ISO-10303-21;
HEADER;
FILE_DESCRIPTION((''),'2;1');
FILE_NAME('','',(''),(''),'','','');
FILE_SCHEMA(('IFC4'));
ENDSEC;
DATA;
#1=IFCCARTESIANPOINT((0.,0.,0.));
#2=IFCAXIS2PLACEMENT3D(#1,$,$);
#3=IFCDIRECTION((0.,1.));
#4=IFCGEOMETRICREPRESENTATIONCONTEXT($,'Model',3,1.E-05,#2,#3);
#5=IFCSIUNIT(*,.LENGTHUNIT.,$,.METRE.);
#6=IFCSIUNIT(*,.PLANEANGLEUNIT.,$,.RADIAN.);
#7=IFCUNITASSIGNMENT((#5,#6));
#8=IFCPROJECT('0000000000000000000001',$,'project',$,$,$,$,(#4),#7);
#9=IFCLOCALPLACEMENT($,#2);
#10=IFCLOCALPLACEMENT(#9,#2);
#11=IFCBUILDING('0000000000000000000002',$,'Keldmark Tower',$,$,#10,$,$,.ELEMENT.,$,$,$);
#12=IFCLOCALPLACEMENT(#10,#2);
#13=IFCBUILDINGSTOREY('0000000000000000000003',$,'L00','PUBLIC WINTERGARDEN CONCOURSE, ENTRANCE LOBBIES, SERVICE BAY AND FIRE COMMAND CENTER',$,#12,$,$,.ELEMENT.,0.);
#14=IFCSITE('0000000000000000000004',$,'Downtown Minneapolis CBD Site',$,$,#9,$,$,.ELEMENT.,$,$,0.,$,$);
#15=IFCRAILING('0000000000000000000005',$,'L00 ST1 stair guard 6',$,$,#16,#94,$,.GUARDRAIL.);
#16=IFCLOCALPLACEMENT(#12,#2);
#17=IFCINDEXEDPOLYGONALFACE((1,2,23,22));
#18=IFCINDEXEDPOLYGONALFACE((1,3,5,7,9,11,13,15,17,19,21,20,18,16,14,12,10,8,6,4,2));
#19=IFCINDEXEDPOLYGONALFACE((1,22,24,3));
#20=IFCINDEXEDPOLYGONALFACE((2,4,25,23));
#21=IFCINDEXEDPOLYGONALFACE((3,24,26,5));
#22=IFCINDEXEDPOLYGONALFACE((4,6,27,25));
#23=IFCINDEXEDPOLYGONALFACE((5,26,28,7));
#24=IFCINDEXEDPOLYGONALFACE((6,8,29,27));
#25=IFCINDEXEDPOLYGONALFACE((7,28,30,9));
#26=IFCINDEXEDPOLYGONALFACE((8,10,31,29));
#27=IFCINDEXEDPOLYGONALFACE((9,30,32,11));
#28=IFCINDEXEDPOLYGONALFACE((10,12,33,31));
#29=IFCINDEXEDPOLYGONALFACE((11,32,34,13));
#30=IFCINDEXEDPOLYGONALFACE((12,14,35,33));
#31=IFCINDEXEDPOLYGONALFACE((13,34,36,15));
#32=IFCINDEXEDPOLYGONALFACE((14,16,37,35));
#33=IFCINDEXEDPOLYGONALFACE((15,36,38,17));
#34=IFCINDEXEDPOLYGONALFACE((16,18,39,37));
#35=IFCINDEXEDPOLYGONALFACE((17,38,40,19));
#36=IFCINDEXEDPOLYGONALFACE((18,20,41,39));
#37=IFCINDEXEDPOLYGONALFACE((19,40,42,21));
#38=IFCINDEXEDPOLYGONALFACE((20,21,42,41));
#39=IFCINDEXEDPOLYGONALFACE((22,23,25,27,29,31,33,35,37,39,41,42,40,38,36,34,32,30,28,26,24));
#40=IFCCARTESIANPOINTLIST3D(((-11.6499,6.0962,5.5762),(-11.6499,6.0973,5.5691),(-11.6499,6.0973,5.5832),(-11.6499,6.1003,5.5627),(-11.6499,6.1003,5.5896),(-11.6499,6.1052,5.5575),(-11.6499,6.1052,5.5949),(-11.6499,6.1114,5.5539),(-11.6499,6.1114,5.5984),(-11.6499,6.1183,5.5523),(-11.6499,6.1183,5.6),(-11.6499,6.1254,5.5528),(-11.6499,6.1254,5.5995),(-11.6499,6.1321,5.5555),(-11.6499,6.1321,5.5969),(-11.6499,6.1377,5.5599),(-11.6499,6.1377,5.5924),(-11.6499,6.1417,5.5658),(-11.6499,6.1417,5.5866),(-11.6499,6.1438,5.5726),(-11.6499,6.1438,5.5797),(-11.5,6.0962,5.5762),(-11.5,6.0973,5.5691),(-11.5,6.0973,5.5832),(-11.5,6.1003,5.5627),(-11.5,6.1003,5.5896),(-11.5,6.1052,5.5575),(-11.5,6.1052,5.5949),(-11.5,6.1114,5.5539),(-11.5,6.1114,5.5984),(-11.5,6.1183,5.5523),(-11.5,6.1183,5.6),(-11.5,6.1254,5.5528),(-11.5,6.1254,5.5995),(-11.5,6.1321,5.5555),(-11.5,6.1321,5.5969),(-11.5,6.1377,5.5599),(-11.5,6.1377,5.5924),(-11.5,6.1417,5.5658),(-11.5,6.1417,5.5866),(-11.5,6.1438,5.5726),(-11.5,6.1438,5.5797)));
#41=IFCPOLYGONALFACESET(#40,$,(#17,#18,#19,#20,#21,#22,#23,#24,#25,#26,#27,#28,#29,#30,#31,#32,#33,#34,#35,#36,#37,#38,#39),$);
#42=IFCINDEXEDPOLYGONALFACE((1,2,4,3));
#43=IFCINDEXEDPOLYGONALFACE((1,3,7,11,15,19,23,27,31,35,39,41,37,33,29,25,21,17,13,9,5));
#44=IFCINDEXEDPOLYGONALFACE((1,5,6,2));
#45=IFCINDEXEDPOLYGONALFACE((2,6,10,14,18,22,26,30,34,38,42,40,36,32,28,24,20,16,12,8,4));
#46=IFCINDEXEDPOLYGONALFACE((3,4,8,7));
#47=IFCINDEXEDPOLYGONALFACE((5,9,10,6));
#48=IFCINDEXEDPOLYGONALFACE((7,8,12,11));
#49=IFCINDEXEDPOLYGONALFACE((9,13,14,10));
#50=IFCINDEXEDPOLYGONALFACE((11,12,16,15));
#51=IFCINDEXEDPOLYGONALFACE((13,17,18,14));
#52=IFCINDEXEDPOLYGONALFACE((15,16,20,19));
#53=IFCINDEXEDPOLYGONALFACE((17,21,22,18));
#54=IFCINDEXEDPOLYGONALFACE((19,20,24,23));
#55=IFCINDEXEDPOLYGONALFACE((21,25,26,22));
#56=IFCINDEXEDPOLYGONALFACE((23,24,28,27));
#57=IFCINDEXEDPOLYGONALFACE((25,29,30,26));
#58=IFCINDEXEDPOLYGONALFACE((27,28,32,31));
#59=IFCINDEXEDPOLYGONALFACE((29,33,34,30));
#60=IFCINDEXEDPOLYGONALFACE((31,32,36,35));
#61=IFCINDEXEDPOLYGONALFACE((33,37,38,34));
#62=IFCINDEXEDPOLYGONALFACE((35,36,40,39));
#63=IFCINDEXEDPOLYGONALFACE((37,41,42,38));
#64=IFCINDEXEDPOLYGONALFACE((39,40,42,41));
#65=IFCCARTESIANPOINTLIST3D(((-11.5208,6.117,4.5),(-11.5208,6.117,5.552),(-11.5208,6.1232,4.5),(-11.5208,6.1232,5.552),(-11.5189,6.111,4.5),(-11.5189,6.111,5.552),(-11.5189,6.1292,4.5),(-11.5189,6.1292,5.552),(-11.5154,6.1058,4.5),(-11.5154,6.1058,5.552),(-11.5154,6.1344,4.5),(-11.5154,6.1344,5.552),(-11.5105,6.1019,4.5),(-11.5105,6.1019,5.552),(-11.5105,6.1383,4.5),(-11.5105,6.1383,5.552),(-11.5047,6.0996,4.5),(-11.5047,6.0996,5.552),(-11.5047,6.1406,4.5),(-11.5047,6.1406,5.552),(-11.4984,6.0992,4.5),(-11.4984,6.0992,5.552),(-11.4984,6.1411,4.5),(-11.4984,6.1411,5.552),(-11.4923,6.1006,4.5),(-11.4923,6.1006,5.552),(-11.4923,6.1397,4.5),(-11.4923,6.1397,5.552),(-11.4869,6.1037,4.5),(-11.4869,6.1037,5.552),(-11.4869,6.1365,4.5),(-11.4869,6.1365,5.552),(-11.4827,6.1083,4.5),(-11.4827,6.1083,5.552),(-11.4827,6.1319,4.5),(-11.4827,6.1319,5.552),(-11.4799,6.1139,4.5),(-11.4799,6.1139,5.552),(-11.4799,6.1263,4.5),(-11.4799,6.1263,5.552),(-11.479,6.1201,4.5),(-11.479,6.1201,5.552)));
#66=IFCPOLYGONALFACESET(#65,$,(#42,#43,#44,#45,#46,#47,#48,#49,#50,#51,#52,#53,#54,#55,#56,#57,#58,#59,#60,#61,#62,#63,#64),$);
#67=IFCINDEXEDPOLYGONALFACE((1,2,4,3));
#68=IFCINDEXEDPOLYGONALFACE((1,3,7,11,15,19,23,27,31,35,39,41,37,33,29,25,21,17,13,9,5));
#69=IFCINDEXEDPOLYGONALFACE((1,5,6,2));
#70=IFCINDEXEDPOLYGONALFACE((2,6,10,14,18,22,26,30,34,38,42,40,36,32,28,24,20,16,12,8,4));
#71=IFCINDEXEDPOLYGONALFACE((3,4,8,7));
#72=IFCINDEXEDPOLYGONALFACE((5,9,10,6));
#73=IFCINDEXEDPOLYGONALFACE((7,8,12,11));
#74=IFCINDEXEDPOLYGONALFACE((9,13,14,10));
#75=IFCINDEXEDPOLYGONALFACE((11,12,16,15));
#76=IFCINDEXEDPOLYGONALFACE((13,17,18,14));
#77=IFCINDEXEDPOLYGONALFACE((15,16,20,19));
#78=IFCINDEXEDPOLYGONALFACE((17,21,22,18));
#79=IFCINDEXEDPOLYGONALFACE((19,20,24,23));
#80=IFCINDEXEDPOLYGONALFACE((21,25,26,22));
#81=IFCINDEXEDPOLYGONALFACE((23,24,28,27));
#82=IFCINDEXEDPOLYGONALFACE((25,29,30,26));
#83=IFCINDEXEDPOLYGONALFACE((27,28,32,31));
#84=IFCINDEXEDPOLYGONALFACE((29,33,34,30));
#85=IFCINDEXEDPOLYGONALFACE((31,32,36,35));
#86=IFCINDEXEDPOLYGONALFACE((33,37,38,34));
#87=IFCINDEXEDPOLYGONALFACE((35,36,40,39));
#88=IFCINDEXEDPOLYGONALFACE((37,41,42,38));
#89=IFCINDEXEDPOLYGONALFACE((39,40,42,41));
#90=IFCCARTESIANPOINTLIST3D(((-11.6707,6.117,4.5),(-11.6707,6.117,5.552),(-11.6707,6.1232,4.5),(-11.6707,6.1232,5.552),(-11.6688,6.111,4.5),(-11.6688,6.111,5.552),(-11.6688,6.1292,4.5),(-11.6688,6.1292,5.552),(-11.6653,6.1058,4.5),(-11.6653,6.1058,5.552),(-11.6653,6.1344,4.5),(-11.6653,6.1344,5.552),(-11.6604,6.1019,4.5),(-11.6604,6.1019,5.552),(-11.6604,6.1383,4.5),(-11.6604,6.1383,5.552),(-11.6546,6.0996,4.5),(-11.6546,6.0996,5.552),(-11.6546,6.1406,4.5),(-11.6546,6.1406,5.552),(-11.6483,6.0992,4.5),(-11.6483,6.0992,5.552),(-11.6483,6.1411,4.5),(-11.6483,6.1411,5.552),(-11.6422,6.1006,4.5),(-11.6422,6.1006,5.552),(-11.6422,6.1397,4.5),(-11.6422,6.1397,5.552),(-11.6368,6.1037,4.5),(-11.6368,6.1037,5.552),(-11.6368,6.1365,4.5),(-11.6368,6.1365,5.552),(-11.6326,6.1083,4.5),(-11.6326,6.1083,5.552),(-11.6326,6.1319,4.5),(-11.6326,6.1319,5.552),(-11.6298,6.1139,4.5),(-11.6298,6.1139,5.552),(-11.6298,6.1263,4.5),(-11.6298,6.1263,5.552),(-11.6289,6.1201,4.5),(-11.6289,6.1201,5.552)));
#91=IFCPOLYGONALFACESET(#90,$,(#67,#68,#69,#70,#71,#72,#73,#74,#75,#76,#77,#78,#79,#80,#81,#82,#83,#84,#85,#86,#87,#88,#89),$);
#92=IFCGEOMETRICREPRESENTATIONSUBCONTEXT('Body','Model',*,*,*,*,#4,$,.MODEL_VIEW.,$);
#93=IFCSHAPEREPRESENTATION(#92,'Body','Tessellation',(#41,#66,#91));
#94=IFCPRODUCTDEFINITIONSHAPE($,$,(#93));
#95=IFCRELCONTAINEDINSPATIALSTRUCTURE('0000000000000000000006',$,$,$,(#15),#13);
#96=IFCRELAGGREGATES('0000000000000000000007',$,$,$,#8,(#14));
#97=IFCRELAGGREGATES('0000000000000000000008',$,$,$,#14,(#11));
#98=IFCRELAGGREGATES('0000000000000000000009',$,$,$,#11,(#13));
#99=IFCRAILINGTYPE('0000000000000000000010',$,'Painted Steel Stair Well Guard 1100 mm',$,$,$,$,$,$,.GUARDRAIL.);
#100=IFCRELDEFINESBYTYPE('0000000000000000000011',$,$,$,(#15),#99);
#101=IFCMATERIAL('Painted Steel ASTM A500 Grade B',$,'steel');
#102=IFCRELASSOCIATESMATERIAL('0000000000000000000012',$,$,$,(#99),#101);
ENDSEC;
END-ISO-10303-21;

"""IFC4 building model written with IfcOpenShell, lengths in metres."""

from ifc_helpers import new_model, si_unit, direction, frame, origin, origin_2d, place, context, subcontext, project, spatial, circle, extrude, material, type_object, element, save


model = new_model("IFC4")

# Units and contexts
model_context = context("Model", 3, precision=1e-05, world=origin(), true_north=direction((0.0, 1.0)))
body_context = subcontext(model_context, "Body", "Model", "MODEL_VIEW")
ifc_project = project(units=[si_unit("LENGTHUNIT", "METRE"), si_unit("PLANEANGLEUNIT", "RADIAN")], contexts=[model_context])

# Site, building, storey
site_placement = place(None, origin())
site = spatial("IfcSite", under=ifc_project, at=site_placement, Name="Downtown Minneapolis CBD Site", CompositionType="ELEMENT", RefElevation=0.0)
building_placement = place(site_placement, origin())
building = spatial("IfcBuilding", under=site, at=building_placement, Name="Keldmark Tower", CompositionType="ELEMENT")
storey_placement = place(building_placement, origin())
storey = spatial("IfcBuildingStorey", under=building, at=storey_placement, Name="L00", Description="PUBLIC WINTERGARDEN CONCOURSE, ENTRANCE LOBBIES, SERVICE BAY AND FIRE COMMAND CENTER", CompositionType="ELEMENT", Elevation=0.0)

# Railing
ifc_material_1 = material(Name="Painted Steel ASTM A500 Grade B", Category="steel")
railing_type = type_object("IfcRailingType", Name="Painted Steel Stair Well Guard 1100 mm", PredefinedType="GUARDRAIL", material=ifc_material_1)
railing_1_placement = place(storey_placement, frame((-11.5, 6.1201, 4.5)))
element("IfcRailing", 1, at=railing_1_placement, inside=storey, type_object=railing_type, Name="L00 ST1 stair guard 6", PredefinedType="GUARDRAIL", context=body_context, shape_type="SweptSolid", body=[
    extrude(circle(Radius=0.0239, at=origin_2d()), frame((0.0, 0.0, 1.0762), z_axis=(-1.0, 0.0, 0.0), x_axis=(0.0, -1.0, 0.0)), (0.0, 0.0, 1.0), 0.1499),
    extrude(circle(Radius=0.021, at=origin_2d()), origin(), (0.0, 0.0, 1.0), 1.052),
    extrude(circle(Radius=0.021, at=origin_2d()), frame((-0.1499, 0.0, 0.0)), (0.0, 0.0, 1.0), 1.052),
])

save(model, "model.ifc")
